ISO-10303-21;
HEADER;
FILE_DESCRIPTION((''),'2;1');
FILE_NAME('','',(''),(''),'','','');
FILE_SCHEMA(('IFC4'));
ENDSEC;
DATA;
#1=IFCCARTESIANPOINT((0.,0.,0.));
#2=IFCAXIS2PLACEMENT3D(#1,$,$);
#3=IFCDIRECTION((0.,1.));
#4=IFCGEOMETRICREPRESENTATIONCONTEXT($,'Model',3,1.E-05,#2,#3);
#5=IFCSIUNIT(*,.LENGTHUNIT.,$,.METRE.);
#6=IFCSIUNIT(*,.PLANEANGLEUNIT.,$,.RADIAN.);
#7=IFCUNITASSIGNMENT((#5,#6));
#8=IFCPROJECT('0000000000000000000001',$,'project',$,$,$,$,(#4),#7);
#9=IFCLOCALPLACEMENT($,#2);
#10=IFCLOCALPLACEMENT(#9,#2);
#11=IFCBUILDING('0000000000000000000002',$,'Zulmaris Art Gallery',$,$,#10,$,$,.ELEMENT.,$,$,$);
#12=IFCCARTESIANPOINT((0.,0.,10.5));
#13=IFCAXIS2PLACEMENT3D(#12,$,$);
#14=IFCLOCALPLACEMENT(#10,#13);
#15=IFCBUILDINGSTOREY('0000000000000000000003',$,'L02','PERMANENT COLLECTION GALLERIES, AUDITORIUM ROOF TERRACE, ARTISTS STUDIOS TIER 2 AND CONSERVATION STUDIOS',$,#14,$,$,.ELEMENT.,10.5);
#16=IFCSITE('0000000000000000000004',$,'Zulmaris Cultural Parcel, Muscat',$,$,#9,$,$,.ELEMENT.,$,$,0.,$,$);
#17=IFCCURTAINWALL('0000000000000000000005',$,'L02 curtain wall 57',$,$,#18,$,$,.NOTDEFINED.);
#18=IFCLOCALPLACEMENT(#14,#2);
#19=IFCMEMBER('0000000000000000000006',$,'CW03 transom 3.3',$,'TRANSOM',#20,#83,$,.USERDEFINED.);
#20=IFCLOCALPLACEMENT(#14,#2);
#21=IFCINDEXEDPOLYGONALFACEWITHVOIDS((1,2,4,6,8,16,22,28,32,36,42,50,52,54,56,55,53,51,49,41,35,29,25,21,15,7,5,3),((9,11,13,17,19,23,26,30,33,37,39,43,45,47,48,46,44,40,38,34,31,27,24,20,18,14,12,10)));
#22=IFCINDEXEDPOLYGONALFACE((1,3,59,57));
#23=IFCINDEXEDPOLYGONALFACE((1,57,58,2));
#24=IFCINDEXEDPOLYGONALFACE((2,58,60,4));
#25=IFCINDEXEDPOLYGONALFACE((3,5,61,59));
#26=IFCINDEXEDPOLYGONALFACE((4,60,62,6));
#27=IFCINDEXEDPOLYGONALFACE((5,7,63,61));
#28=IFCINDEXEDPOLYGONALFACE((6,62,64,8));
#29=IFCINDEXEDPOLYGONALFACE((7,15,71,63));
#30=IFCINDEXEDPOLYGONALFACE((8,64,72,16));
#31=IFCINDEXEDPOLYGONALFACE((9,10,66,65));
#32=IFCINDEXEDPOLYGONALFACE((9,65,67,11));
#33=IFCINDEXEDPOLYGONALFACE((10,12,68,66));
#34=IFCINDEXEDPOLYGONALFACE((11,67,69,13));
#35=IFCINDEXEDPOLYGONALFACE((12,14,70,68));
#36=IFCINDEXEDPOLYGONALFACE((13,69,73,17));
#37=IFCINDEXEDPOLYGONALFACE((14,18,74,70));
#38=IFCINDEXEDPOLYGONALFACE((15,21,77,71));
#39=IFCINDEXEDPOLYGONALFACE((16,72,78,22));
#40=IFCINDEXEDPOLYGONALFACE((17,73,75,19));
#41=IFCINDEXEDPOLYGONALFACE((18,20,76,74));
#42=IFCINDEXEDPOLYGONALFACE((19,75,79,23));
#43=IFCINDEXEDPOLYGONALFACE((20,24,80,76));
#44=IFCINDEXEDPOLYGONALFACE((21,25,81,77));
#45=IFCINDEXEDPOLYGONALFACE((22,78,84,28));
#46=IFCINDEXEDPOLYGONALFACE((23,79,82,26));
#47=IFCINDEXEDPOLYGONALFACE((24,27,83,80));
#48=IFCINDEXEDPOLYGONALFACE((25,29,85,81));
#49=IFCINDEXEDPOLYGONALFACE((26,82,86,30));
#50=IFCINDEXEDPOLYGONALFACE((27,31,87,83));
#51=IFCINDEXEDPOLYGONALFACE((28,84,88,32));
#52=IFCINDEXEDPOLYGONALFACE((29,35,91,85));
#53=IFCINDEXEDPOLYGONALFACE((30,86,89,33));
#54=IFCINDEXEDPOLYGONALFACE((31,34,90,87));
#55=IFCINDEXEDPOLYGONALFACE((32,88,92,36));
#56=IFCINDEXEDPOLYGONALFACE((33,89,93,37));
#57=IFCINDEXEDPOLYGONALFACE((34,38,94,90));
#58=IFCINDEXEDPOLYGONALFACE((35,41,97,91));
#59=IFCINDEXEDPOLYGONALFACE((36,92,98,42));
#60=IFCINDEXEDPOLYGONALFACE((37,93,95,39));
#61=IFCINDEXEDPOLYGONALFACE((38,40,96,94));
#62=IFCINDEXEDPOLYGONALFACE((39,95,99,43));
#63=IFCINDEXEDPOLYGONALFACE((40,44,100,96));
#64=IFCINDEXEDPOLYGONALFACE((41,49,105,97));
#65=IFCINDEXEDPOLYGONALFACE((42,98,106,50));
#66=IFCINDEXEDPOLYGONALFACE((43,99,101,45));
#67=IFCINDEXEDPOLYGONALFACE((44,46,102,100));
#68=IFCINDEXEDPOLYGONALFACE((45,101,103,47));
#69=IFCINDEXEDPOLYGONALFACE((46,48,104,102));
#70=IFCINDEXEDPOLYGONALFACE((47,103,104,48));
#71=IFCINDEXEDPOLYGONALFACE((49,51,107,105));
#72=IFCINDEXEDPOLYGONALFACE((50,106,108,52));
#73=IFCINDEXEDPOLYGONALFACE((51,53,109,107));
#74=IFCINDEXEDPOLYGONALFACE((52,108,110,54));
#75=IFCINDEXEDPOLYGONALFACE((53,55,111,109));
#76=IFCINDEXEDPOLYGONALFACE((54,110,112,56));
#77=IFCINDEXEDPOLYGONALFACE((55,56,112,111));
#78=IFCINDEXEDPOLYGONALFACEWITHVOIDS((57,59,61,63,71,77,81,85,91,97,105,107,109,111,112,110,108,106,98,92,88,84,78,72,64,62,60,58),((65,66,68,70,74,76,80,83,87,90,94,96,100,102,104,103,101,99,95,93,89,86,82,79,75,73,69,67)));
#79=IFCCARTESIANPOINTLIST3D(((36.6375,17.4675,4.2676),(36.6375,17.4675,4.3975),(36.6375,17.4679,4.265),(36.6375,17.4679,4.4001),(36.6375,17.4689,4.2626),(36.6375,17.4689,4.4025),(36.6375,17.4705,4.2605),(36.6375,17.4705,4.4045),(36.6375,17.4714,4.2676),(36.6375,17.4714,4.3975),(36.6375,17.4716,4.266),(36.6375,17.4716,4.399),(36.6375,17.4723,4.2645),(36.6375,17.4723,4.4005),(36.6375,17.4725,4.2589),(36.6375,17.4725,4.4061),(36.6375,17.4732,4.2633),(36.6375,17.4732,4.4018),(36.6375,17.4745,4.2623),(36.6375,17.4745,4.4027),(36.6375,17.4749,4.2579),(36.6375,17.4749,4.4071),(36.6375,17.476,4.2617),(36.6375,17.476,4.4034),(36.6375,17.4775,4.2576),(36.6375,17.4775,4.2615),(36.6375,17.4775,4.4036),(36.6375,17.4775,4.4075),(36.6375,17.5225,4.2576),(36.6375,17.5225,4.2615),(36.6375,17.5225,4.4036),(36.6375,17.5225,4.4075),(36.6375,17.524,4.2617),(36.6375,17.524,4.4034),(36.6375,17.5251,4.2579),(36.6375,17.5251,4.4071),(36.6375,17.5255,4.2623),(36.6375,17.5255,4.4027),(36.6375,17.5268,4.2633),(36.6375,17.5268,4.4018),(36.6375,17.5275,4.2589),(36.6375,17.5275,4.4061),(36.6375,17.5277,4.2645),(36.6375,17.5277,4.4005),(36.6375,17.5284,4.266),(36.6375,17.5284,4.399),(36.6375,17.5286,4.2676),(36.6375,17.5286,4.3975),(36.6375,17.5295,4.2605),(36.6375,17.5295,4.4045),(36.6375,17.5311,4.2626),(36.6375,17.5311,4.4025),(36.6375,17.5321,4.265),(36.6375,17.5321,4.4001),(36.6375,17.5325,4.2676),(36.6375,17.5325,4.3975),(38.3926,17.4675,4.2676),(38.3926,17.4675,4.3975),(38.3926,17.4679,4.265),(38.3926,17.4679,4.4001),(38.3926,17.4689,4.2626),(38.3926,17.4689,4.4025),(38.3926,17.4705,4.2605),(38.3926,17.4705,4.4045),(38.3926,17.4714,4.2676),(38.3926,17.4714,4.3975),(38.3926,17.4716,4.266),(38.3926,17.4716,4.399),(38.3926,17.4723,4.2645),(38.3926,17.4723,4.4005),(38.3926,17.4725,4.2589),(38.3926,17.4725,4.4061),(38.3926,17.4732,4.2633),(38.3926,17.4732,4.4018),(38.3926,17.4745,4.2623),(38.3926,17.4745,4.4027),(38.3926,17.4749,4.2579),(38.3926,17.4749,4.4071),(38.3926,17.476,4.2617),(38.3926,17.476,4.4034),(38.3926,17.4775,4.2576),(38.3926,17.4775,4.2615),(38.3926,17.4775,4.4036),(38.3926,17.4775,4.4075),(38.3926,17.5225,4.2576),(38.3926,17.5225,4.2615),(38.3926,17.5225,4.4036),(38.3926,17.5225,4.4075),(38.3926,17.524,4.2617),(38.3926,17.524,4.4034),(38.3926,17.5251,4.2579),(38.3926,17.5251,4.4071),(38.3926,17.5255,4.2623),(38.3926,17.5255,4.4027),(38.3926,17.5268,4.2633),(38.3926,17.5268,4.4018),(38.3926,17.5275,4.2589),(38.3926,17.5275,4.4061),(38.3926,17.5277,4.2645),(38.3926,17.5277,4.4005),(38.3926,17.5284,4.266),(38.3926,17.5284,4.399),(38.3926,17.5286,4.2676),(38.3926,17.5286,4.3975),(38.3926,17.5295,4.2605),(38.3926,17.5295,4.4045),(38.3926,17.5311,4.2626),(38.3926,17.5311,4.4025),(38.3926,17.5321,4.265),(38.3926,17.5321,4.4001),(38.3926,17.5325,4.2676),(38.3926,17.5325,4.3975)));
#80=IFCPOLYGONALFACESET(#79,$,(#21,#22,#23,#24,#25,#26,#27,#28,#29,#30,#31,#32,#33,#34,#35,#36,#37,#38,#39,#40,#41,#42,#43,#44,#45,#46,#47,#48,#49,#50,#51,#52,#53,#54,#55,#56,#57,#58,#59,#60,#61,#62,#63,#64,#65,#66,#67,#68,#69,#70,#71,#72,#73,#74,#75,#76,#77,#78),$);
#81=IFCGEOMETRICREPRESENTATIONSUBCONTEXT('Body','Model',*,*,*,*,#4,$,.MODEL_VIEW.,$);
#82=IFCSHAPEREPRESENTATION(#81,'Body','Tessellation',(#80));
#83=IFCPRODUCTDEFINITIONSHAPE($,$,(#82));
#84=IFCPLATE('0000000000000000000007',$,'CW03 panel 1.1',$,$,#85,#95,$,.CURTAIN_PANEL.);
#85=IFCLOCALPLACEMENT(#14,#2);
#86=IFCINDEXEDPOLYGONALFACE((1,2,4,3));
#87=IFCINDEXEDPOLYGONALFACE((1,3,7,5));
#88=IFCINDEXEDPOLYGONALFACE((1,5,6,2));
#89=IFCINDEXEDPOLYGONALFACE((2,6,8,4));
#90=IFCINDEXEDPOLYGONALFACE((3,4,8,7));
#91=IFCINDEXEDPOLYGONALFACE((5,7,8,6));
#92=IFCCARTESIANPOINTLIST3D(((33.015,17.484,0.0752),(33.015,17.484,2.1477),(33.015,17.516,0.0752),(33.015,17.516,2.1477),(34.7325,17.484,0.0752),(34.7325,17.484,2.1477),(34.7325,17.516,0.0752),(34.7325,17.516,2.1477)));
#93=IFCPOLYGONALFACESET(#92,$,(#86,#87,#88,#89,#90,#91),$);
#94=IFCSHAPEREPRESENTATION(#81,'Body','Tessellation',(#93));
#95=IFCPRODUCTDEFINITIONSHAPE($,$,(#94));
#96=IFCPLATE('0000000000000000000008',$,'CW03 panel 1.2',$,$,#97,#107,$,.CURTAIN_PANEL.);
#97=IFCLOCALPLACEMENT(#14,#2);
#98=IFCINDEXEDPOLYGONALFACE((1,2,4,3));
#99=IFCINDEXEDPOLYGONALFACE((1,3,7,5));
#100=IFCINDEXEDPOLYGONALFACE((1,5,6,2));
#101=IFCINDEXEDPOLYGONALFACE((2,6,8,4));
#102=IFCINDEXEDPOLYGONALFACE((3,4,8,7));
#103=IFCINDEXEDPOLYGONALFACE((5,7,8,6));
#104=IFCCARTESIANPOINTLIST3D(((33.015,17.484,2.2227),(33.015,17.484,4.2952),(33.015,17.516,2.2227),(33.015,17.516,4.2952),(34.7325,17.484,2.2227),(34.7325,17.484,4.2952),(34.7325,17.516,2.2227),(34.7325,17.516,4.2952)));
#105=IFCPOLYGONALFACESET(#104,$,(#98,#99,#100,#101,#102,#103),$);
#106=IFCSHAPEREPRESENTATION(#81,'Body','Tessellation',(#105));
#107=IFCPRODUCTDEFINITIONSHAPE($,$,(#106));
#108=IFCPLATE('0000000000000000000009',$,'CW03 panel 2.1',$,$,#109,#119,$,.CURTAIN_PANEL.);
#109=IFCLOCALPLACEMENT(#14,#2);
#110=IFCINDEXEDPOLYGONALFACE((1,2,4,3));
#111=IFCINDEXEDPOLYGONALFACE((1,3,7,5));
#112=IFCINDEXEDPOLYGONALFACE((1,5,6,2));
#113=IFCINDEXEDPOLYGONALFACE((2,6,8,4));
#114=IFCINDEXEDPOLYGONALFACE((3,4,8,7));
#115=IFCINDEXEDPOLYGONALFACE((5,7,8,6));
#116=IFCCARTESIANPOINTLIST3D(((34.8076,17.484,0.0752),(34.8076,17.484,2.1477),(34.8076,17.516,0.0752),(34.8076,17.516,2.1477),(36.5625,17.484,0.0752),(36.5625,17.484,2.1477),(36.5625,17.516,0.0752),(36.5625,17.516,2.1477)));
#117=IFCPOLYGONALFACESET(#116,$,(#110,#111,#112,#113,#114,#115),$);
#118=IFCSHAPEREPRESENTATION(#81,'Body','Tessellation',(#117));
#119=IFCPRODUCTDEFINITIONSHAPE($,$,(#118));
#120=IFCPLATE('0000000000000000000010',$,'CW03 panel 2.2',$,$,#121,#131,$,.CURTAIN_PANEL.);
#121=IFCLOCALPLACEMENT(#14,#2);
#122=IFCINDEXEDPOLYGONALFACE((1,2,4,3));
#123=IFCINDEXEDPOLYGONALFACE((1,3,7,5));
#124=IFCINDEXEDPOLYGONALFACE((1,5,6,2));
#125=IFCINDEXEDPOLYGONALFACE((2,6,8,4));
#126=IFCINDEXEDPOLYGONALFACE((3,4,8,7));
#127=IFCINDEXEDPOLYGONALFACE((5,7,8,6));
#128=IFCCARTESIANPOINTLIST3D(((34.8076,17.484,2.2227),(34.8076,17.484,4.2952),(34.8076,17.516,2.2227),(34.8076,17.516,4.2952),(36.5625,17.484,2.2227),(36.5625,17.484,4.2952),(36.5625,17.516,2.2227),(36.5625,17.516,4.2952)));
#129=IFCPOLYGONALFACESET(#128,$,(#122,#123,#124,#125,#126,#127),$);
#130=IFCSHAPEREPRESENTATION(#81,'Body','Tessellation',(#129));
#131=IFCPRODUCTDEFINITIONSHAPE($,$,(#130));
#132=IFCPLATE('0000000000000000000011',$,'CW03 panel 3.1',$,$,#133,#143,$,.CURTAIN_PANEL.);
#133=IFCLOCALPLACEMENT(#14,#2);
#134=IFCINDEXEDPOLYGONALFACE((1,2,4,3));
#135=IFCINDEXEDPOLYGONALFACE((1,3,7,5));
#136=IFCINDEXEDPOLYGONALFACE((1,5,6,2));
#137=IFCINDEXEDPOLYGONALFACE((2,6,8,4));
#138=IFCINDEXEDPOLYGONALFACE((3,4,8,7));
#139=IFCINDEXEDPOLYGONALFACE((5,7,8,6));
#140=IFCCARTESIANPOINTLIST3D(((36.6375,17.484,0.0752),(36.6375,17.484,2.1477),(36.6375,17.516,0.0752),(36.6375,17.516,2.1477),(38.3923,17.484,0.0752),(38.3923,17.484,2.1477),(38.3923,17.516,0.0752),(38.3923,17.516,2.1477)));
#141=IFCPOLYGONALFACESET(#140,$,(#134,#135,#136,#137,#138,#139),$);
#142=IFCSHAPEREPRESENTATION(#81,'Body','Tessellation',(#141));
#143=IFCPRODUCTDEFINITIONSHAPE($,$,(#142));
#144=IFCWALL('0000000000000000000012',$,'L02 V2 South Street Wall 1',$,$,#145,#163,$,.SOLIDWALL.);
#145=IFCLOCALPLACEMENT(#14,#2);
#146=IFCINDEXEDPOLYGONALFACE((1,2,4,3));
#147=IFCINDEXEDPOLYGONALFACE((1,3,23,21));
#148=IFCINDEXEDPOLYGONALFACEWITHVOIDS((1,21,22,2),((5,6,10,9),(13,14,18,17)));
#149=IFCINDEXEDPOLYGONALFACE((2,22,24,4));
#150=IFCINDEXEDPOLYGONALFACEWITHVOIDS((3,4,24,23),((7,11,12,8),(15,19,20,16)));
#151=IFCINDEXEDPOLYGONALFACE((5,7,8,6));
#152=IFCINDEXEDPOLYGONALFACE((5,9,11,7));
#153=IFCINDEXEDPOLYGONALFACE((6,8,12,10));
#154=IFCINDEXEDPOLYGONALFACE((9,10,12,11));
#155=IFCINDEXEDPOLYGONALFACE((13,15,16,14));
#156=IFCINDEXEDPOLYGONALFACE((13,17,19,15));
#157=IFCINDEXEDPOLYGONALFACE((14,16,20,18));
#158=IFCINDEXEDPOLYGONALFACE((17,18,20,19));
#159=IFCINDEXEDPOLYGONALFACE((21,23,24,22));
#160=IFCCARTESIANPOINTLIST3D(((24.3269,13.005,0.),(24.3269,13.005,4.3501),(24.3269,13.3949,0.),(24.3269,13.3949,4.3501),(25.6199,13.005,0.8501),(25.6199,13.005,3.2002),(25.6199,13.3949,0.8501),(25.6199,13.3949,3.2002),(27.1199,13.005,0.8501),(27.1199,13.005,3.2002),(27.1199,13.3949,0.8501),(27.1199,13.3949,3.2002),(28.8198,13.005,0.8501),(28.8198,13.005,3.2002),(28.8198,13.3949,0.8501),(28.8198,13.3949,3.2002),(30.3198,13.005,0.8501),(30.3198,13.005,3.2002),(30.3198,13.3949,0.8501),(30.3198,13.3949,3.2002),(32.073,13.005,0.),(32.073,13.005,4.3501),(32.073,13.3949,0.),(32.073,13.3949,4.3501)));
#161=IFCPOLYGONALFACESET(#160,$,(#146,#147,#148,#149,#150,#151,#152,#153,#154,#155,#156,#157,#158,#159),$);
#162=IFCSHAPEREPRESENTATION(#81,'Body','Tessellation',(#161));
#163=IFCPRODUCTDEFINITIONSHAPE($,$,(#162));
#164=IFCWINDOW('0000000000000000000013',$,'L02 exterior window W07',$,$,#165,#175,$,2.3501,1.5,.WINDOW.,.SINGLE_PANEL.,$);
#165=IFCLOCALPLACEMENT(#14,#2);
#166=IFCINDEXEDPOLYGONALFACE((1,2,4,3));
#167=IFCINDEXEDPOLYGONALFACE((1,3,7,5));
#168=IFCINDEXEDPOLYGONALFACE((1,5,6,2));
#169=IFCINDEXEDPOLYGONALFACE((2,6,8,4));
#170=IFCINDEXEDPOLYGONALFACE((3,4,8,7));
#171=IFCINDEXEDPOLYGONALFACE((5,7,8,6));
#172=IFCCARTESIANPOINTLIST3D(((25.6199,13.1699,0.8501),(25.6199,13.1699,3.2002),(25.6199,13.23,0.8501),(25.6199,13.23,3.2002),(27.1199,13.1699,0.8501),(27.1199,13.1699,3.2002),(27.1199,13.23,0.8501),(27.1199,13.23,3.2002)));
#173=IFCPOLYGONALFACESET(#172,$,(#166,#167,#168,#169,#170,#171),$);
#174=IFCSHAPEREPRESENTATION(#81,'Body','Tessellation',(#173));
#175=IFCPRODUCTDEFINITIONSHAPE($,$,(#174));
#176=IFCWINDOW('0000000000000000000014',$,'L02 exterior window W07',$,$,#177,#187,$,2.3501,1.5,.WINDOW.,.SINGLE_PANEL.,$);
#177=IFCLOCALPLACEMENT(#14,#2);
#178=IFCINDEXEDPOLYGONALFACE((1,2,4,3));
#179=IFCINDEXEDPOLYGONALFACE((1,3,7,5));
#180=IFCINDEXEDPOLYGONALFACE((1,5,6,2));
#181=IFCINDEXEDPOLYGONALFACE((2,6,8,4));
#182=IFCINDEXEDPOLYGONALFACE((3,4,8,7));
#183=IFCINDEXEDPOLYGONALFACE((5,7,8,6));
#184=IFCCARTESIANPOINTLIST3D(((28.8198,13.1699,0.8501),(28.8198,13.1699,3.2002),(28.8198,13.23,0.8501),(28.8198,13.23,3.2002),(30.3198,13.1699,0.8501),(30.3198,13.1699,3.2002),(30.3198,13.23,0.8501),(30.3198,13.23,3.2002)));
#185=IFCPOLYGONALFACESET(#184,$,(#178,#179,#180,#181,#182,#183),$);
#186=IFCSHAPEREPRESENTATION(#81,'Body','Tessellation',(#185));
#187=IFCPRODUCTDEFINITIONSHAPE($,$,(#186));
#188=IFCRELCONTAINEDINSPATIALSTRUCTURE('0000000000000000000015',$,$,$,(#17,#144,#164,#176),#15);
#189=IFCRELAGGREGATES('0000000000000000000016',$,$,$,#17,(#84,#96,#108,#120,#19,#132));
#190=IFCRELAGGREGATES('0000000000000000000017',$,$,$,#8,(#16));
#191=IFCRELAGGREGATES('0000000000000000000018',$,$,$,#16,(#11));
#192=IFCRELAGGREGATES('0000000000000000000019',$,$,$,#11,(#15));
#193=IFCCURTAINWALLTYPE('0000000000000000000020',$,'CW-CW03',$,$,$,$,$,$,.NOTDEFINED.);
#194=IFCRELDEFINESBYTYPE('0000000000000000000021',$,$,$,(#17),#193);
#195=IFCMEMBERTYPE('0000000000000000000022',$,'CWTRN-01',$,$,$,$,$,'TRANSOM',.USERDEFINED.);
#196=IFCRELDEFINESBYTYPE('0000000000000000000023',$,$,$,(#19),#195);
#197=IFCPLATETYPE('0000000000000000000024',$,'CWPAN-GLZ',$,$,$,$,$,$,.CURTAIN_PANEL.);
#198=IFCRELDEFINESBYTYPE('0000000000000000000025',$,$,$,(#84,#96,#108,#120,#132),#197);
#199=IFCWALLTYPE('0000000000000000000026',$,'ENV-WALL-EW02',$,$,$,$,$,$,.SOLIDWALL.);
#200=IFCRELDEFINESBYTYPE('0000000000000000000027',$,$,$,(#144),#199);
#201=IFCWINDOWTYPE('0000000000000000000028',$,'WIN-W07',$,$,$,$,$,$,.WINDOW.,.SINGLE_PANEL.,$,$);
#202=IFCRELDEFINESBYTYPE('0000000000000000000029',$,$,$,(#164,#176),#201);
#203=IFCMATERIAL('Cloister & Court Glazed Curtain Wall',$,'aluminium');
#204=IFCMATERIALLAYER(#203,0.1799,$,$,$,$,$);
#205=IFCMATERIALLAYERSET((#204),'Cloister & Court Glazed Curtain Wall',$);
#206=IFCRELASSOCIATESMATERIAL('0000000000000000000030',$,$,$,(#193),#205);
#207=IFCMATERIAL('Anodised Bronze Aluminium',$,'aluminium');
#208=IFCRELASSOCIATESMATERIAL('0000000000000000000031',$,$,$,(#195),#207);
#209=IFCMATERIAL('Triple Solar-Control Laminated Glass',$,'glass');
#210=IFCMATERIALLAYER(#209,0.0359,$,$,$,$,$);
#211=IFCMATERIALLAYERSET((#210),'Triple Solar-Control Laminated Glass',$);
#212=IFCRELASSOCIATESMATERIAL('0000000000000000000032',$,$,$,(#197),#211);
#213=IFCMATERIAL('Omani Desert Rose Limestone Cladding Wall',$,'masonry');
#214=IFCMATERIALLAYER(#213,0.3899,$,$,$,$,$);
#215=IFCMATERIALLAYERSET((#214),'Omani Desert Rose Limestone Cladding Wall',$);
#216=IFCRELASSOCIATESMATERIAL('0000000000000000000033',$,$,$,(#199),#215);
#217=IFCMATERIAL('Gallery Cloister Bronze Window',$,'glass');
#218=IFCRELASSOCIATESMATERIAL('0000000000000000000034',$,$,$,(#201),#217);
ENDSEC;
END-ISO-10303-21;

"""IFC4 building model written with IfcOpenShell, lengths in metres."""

from ifc_helpers import new_model, si_unit, direction, frame, frame_2d, origin, origin_2d, place, context, subcontext, project, spatial, rectangle, hollow_rectangle, extrude, material, layer, layer_set, material_profile, profile_set, type_object, element, fill, aggregate, save


model = new_model("IFC4")

# Units and contexts
model_context = context("Model", 3, precision=1e-05, world=origin(), true_north=direction((0.0, 1.0)))
body_context = subcontext(model_context, "Body", "Model", "MODEL_VIEW")
ifc_project = project(units=[si_unit("LENGTHUNIT", "METRE"), si_unit("PLANEANGLEUNIT", "RADIAN")], contexts=[model_context])

# Site, building, storey
site_placement = place(None, origin())
site = spatial("IfcSite", under=ifc_project, at=site_placement, Name="Zulmaris Cultural Parcel, Muscat", CompositionType="ELEMENT", RefElevation=0.0)
building_placement = place(site_placement, origin())
building = spatial("IfcBuilding", under=site, at=building_placement, Name="Zulmaris Art Gallery", CompositionType="ELEMENT")
storey_placement = place(building_placement, frame((0.0, 0.0, 10.5)))
storey = spatial("IfcBuildingStorey", under=building, at=storey_placement, Name="L02", Description="PERMANENT COLLECTION GALLERIES, AUDITORIUM ROOF TERRACE, ARTISTS STUDIOS TIER 2 AND CONSERVATION STUDIOS", CompositionType="ELEMENT", Elevation=10.5)

# Curtain wall, member, plates
ifc_material_1 = material(Name="Cloister & Court Glazed Curtain Wall", Category="aluminium")
ifc_layer_1 = layer(ifc_material_1, 0.1799)
ifc_layer_set_1 = layer_set([ifc_layer_1], Name="Cloister & Court Glazed Curtain Wall")
curtain_wall_type = type_object("IfcCurtainWallType", Name="CW-CW03", PredefinedType="NOTDEFINED", material=ifc_layer_set_1)
curtain_wall_placement = place(storey_placement, origin())
curtain_wall = element("IfcCurtainWall", 1, at=curtain_wall_placement, inside=storey, type_object=curtain_wall_type, Name="L02 curtain wall 57", PredefinedType="NOTDEFINED")
ifc_material_2 = material(Name="Anodised Bronze Aluminium", Category="aluminium")
ifc_material_profile_1 = material_profile(ifc_material_2, hollow_rectangle(XDim=0.0649, YDim=0.1499, WallThickness=0.0039, InnerFilletRadius=0.0061, OuterFilletRadius=0.01, at=origin_2d()), Name="ALU 65x150x4")
ifc_profile_set_1 = profile_set([ifc_material_profile_1], Name="Anodised Bronze Aluminium")
member_type_1 = type_object("IfcMemberType", Name="CWTRN-01", ElementType="TRANSOM", PredefinedType="USERDEFINED", material=ifc_profile_set_1)
member_1_placement = place(storey_placement, frame((36.6375, 17.5, 4.3325), z_axis=(1.0, 0.0, 0.0), x_axis=(0.0, 1.0, 0.0)))
member_1 = element("IfcMember", 2, at=member_1_placement, type_object=member_type_1, Name="CW03 transom 3.3", ObjectType="TRANSOM", PredefinedType="USERDEFINED", context=body_context, shape_type="SweptSolid", body=[
    extrude(hollow_rectangle(XDim=0.0649, YDim=0.1499, WallThickness=0.0039, InnerFilletRadius=0.0061, OuterFilletRadius=0.01, at=origin_2d()), origin(), (0.0, 0.0, 1.0), 1.7551),
])
ifc_material_3 = material(Name="Triple Solar-Control Laminated Glass", Category="glass")
ifc_layer_2 = layer(ifc_material_3, 0.0359)
ifc_layer_set_2 = layer_set([ifc_layer_2], Name="Triple Solar-Control Laminated Glass")
plate_type = type_object("IfcPlateType", Name="CWPAN-GLZ", PredefinedType="CURTAIN_PANEL", material=ifc_layer_set_2)
plate_1_placement = place(storey_placement, frame((33.8738, 17.5, 0.0752), z_axis=(0.0, 0.0, 1.0), x_axis=(1.0, 0.0, 0.0)))
plate_1 = element("IfcPlate", 3, at=plate_1_placement, type_object=plate_type, Name="CW03 panel 1.1", PredefinedType="CURTAIN_PANEL", context=body_context, shape_type="SweptSolid", body=[
    extrude(rectangle(XDim=1.7175, YDim=0.032, at=origin_2d()), origin(), (0.0, 0.0, 1.0), 2.0725),
])
plate_2_placement = place(storey_placement, frame((33.8738, 17.5, 2.2227), z_axis=(0.0, 0.0, 1.0), x_axis=(1.0, 0.0, 0.0)))
plate_2 = element("IfcPlate", 4, at=plate_2_placement, type_object=plate_type, Name="CW03 panel 1.2", PredefinedType="CURTAIN_PANEL", context=body_context, shape_type="SweptSolid", body=[
    extrude(rectangle(XDim=1.7175, YDim=0.032, at=origin_2d()), origin(), (0.0, 0.0, 1.0), 2.0725),
])
plate_3_placement = place(storey_placement, frame((35.6851, 17.5, 0.0752), z_axis=(0.0, 0.0, 1.0), x_axis=(1.0, 0.0, 0.0)))
plate_3 = element("IfcPlate", 5, at=plate_3_placement, type_object=plate_type, Name="CW03 panel 2.1", PredefinedType="CURTAIN_PANEL", context=body_context, shape_type="SweptSolid", body=[
    extrude(rectangle(XDim=1.7549, YDim=0.032, at=origin_2d()), origin(), (0.0, 0.0, 1.0), 2.0725),
])
plate_4_placement = place(storey_placement, frame((35.6851, 17.5, 2.2227), z_axis=(0.0, 0.0, 1.0), x_axis=(1.0, 0.0, 0.0)))
plate_4 = element("IfcPlate", 6, at=plate_4_placement, type_object=plate_type, Name="CW03 panel 2.2", PredefinedType="CURTAIN_PANEL", context=body_context, shape_type="SweptSolid", body=[
    extrude(rectangle(XDim=1.7549, YDim=0.032, at=origin_2d()), origin(), (0.0, 0.0, 1.0), 2.0725),
])
plate_5_placement = place(storey_placement, frame((37.5149, 17.5, 0.0752), z_axis=(0.0, 0.0, 1.0), x_axis=(1.0, 0.0, 0.0)))
plate_5 = element("IfcPlate", 7, at=plate_5_placement, type_object=plate_type, Name="CW03 panel 3.1", PredefinedType="CURTAIN_PANEL", context=body_context, shape_type="SweptSolid", body=[
    extrude(rectangle(XDim=1.7549, YDim=0.032, at=origin_2d()), origin(), (0.0, 0.0, 1.0), 2.0725),
])
aggregate(curtain_wall, [plate_1, plate_2, plate_3, plate_4, member_1, plate_5])

# Wall, openings, windows
ifc_material_4 = material(Name="Omani Desert Rose Limestone Cladding Wall", Category="masonry")
ifc_layer_3 = layer(ifc_material_4, 0.3899)
ifc_layer_set_3 = layer_set([ifc_layer_3], Name="Omani Desert Rose Limestone Cladding Wall")
wall_type = type_object("IfcWallType", Name="ENV-WALL-EW02", PredefinedType="SOLIDWALL", material=ifc_layer_set_3)
wall_1_placement = place(storey_placement, frame((24.3269, 13.2, 0.0), z_axis=(0.0, 0.0, 1.0), x_axis=(1.0, 0.0, 0.0)))
wall_1 = element("IfcWall", 8, at=wall_1_placement, inside=storey, type_object=wall_type, Name="L02 V2 South Street Wall 1", PredefinedType="SOLIDWALL", context=body_context, shape_type="SweptSolid", body=[
    extrude(rectangle(XDim=7.7461, YDim=0.3899, at=frame_2d((3.873, 0.0))), origin(), (0.0, 0.0, 1.0), 4.3501),
])
opening_1_placement = place(wall_1_placement, frame((1.293, 0.0, 0.8501)))
opening_1 = element("IfcOpeningElement", 9, at=opening_1_placement, cuts=wall_1, PredefinedType="OPENING", context=body_context, shape_type="SweptSolid", body=[
    extrude(rectangle(XDim=1.5, YDim=2.3501, at=frame_2d((0.75, 1.175))), frame((0.0, 0.2048, 0.0), z_axis=(0.0, -1.0, 0.0), x_axis=(1.0, 0.0, 0.0)), (0.0, 0.0, 1.0), 0.4099),
])
opening_2_placement = place(wall_1_placement, frame((4.4929, 0.0, 0.8501)))
opening_2 = element("IfcOpeningElement", 10, at=opening_2_placement, cuts=wall_1, PredefinedType="OPENING", context=body_context, shape_type="SweptSolid", body=[
    extrude(rectangle(XDim=1.5, YDim=2.3501, at=frame_2d((0.75, 1.175))), frame((0.0, 0.2048, 0.0), z_axis=(0.0, -1.0, 0.0), x_axis=(1.0, 0.0, 0.0)), (0.0, 0.0, 1.0), 0.4099),
])
ifc_material_5 = material(Name="Gallery Cloister Bronze Window", Category="glass")
window_type = type_object("IfcWindowType", Name="WIN-W07", PartitioningType="SINGLE_PANEL", PredefinedType="WINDOW", material=ifc_material_5)
window_1_placement = place(opening_1_placement, origin())
window_1 = element("IfcWindow", 11, at=window_1_placement, inside=storey, type_object=window_type, Name="L02 exterior window W07", OverallHeight=2.3501, OverallWidth=1.5, PartitioningType="SINGLE_PANEL", PredefinedType="WINDOW", context=body_context, shape_type="SweptSolid", body=[
    extrude(rectangle(XDim=1.5, YDim=2.3501, at=frame_2d((0.75, 1.175))), frame((0.0, 0.03, 0.0), z_axis=(0.0, -1.0, 0.0), x_axis=(1.0, 0.0, 0.0)), (0.0, 0.0, 1.0), 0.0601),
])
fill(opening_1, window_1)
window_2_placement = place(opening_2_placement, origin())
window_2 = element("IfcWindow", 12, at=window_2_placement, inside=storey, type_object=window_type, Name="L02 exterior window W07", OverallHeight=2.3501, OverallWidth=1.5, PartitioningType="SINGLE_PANEL", PredefinedType="WINDOW", context=body_context, shape_type="SweptSolid", body=[
    extrude(rectangle(XDim=1.5, YDim=2.3501, at=frame_2d((0.75, 1.175))), frame((0.0, 0.03, 0.0), z_axis=(0.0, -1.0, 0.0), x_axis=(1.0, 0.0, 0.0)), (0.0, 0.0, 1.0), 0.0601),
])
fill(opening_2, window_2)

save(model, "model.ifc")
